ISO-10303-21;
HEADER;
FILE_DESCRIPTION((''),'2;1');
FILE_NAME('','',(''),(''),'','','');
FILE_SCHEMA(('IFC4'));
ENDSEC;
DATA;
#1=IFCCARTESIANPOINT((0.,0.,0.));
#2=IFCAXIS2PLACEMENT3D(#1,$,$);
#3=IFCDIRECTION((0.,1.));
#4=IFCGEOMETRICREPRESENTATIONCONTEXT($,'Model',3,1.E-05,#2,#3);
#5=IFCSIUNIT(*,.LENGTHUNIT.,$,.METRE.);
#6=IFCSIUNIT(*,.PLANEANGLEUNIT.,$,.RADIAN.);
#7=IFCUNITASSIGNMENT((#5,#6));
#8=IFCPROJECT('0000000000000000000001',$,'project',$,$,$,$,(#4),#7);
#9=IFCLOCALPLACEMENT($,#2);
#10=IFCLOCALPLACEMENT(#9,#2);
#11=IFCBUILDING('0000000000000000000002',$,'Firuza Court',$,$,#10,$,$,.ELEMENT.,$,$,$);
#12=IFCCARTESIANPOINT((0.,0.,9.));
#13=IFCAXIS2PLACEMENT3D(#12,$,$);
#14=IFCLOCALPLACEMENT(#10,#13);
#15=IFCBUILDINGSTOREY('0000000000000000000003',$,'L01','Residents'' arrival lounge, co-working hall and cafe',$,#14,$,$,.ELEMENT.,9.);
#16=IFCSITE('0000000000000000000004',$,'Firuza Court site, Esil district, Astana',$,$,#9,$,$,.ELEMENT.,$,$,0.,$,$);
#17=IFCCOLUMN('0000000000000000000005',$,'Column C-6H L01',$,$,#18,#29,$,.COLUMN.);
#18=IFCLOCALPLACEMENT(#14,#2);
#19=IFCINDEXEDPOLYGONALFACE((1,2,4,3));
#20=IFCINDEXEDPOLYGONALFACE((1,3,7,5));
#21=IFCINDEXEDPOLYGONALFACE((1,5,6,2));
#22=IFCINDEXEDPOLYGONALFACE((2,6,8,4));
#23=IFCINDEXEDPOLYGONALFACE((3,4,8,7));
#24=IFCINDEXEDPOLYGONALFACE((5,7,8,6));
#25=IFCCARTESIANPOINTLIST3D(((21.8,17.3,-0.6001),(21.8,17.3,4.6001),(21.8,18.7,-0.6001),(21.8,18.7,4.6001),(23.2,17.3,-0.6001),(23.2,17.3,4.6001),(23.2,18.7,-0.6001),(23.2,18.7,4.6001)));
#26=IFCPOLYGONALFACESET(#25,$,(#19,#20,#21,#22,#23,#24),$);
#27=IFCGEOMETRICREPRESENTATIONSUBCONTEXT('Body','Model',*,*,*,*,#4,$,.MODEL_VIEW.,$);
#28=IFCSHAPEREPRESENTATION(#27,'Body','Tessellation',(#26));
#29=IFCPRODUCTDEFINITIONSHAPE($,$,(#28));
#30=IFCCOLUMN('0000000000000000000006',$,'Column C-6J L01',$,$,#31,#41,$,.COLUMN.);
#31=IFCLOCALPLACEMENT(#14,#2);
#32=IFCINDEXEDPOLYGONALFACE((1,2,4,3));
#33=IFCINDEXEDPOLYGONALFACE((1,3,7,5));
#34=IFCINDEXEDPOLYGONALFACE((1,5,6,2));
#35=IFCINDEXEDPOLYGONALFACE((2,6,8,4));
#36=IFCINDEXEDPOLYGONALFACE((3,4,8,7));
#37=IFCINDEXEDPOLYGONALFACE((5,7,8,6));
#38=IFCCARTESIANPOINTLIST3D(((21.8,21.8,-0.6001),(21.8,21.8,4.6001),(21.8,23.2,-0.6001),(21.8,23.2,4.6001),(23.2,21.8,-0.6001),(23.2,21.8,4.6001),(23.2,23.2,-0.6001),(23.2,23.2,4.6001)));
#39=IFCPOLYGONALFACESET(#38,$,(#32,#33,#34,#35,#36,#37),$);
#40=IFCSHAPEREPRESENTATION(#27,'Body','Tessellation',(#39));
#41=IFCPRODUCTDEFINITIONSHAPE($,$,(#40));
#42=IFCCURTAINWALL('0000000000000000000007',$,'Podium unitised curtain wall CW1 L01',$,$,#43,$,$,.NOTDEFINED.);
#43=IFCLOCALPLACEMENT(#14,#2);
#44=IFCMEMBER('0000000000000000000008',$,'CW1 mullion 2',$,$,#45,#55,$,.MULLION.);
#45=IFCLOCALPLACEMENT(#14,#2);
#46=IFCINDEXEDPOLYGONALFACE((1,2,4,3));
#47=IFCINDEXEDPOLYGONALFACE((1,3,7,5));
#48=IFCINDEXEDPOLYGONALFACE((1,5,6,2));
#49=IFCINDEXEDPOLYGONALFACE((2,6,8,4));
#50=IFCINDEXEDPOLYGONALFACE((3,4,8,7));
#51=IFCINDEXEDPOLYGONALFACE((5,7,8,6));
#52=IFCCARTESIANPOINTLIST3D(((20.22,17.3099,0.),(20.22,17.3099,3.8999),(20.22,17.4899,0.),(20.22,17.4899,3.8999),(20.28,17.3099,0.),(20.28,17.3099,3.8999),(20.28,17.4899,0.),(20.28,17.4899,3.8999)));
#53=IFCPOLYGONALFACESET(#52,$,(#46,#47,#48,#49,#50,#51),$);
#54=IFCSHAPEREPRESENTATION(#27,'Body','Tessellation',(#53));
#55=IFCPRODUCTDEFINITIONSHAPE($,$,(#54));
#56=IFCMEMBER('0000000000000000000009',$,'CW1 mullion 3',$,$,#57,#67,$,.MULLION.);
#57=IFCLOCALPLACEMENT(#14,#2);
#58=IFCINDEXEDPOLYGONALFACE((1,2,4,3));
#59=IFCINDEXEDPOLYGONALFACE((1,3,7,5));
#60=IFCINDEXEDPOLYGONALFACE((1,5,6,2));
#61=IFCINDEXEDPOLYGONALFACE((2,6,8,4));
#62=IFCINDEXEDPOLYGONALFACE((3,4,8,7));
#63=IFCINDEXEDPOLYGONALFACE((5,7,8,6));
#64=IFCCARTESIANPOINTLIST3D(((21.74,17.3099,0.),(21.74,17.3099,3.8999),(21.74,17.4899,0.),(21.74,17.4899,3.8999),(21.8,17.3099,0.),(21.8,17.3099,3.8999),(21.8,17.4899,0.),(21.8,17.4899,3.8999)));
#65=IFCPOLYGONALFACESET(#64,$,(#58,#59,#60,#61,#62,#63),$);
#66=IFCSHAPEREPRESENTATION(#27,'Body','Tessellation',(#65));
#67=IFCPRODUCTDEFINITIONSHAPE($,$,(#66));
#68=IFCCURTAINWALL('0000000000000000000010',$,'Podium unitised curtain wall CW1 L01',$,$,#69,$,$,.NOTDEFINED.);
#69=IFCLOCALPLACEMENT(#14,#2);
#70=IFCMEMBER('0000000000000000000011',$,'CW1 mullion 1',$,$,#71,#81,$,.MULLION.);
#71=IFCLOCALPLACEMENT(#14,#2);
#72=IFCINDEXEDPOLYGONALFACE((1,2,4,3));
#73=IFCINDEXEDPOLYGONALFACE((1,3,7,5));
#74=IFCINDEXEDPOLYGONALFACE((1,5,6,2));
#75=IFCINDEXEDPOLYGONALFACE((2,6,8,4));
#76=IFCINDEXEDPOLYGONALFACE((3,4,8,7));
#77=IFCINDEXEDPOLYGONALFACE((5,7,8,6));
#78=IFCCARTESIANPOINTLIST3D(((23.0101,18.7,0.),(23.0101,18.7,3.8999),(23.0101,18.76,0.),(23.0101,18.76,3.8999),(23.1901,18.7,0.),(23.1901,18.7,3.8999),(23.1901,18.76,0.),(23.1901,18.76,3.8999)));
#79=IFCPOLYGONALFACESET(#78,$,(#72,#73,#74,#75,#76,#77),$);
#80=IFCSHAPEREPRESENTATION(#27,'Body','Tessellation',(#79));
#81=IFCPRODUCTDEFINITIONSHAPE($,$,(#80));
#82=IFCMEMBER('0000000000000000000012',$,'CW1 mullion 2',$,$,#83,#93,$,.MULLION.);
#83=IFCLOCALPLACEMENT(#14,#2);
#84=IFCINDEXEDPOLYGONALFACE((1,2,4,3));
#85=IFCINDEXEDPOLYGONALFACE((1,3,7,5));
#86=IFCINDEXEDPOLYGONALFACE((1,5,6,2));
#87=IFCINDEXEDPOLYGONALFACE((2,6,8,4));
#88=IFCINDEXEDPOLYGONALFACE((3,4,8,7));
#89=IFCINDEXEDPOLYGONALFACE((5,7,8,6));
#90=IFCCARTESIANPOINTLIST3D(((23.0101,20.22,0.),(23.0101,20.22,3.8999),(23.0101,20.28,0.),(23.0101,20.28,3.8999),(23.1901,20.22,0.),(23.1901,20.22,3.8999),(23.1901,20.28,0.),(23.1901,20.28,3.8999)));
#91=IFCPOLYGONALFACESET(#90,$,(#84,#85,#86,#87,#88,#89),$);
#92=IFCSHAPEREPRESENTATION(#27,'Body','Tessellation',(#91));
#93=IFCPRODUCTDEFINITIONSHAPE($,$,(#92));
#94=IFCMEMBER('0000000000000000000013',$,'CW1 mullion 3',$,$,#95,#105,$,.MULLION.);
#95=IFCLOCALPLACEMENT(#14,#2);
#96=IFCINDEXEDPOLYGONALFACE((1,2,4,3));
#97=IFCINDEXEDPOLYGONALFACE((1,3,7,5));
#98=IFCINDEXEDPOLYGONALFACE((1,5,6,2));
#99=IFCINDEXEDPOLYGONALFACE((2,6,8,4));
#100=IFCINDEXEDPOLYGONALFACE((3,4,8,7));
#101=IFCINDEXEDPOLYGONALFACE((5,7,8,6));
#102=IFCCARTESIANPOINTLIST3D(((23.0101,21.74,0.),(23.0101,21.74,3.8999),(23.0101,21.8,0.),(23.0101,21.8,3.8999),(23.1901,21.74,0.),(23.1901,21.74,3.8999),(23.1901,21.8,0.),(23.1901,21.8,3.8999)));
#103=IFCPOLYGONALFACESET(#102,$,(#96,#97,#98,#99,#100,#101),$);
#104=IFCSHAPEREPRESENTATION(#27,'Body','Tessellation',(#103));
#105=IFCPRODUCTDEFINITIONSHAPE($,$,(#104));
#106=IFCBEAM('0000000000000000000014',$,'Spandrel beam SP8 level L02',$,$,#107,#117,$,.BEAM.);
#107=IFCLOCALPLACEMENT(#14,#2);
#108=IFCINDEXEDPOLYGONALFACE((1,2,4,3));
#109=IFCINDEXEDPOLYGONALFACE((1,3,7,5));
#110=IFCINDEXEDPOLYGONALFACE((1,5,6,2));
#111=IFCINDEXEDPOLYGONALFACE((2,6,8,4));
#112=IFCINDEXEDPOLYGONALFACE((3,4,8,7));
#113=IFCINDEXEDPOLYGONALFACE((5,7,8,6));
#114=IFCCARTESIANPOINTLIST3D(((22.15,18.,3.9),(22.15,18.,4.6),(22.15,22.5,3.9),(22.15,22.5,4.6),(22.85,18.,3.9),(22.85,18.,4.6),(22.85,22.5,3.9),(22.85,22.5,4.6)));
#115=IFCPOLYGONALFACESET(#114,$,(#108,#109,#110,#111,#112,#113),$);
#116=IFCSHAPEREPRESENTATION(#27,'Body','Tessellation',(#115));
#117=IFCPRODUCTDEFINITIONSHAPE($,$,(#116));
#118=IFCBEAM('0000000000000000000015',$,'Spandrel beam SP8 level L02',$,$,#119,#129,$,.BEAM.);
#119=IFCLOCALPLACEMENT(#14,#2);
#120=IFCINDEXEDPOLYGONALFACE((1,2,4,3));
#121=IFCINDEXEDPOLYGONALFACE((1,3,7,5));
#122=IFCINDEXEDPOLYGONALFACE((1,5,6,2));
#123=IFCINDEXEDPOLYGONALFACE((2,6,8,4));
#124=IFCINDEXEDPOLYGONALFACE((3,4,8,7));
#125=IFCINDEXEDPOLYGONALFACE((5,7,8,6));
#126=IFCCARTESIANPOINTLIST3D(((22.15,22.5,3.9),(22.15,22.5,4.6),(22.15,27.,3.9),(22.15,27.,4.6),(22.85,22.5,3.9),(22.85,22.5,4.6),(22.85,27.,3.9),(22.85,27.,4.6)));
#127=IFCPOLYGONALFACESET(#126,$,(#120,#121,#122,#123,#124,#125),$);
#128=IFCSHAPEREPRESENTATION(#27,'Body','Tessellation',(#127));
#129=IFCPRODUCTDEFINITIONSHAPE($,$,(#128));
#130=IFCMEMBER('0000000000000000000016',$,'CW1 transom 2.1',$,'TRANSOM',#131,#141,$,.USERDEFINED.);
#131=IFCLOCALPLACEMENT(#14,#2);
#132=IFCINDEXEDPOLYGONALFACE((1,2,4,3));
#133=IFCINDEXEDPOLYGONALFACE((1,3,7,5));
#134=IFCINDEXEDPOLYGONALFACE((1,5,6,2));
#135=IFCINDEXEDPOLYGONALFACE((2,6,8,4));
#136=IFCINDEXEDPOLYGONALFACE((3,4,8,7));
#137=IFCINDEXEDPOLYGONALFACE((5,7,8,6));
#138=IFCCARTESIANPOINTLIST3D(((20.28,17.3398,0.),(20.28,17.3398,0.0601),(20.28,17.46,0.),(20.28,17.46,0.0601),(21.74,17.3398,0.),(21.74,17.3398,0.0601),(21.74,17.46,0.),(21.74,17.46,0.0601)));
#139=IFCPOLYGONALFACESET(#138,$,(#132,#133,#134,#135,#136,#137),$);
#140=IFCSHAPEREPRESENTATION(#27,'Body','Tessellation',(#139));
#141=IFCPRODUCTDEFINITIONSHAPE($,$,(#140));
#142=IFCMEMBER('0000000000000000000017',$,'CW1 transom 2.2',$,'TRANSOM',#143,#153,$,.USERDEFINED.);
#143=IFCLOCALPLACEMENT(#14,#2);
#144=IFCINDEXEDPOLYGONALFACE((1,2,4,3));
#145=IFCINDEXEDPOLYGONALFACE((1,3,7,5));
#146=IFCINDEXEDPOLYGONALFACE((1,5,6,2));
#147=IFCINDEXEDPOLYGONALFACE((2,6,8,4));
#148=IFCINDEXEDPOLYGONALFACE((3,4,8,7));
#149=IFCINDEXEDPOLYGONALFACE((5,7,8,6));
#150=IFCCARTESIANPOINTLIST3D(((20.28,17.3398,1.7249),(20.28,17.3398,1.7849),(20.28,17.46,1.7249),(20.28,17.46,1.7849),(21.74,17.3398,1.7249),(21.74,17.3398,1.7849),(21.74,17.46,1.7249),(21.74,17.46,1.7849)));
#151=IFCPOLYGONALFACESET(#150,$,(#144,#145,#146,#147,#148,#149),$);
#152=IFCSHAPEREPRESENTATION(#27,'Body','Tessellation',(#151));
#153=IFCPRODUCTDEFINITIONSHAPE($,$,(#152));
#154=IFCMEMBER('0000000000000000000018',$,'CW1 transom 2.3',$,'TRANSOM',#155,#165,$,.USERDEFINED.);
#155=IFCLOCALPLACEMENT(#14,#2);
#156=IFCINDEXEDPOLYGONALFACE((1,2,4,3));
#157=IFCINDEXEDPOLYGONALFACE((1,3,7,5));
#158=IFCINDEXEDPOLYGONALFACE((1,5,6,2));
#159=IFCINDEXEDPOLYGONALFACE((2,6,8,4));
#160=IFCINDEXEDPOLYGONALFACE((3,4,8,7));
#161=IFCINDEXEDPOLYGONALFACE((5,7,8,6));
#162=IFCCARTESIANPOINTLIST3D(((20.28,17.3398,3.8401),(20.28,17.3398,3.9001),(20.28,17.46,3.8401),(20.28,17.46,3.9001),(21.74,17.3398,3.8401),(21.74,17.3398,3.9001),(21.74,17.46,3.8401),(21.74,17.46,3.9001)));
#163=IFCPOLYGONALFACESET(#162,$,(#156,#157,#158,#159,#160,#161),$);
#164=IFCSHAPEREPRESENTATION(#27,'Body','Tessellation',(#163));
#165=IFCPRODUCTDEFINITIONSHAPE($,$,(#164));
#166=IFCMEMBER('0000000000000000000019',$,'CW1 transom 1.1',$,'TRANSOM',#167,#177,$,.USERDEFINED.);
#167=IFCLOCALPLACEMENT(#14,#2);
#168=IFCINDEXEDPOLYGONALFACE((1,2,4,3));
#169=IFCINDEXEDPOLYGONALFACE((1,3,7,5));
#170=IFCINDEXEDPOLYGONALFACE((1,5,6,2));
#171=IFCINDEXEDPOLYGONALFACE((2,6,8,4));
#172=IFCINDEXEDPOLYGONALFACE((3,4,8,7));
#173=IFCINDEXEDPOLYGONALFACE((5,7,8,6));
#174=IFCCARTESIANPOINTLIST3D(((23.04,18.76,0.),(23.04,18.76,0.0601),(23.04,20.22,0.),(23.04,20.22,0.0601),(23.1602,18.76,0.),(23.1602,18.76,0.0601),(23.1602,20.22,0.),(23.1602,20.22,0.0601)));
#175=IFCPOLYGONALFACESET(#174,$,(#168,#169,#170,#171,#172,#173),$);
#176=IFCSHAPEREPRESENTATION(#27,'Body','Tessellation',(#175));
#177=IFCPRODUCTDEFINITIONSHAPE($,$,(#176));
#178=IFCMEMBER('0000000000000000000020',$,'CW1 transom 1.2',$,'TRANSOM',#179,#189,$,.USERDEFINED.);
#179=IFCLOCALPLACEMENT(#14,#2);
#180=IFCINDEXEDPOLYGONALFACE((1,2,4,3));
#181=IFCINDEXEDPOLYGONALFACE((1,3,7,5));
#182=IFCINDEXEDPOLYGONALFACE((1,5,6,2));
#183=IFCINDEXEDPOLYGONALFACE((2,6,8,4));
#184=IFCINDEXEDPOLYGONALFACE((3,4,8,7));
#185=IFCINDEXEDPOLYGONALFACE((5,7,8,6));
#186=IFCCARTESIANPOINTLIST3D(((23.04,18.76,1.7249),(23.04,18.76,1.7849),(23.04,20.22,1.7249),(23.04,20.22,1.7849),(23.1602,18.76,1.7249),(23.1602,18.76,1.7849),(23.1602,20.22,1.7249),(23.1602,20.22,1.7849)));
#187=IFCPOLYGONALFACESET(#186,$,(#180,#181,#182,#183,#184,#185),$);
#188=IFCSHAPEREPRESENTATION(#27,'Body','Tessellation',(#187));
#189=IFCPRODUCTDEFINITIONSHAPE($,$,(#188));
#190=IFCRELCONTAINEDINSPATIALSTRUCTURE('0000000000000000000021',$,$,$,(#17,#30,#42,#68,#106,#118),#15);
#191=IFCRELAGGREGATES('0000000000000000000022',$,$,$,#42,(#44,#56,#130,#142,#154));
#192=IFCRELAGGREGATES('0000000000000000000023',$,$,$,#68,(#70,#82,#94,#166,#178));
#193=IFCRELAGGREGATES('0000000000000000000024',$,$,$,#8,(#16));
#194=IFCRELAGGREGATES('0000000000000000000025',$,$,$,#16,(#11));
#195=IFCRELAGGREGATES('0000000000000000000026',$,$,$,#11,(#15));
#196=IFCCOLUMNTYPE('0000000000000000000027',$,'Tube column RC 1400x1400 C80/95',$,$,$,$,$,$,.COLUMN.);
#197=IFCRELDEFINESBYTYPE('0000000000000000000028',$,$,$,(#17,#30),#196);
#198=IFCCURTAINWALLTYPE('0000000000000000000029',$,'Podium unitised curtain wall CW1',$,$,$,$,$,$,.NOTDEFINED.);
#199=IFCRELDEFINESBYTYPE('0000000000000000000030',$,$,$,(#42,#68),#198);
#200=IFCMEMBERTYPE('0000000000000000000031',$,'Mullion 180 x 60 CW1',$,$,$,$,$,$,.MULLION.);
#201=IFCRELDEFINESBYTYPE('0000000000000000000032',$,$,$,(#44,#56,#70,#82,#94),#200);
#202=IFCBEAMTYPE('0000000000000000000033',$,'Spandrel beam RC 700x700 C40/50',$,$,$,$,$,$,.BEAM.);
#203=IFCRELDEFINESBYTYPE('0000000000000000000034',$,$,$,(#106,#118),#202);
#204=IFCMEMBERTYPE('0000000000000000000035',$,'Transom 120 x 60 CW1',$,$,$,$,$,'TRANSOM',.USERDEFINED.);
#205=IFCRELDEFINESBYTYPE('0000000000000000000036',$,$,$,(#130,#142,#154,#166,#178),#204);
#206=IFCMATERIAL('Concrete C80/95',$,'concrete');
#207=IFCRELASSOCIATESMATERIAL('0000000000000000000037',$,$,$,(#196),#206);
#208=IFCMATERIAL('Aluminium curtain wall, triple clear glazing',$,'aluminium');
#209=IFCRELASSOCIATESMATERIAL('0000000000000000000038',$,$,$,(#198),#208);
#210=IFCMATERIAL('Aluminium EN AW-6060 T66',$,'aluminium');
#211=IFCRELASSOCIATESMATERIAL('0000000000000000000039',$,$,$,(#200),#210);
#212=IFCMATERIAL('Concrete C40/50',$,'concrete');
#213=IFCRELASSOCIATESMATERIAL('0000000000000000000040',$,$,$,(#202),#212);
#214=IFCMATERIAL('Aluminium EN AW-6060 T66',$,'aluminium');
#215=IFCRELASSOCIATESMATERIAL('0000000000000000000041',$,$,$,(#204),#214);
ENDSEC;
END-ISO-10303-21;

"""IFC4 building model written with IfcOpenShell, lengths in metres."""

from ifc_helpers import new_model, si_unit, direction, frame, origin, origin_2d, place, context, subcontext, project, spatial, rectangle, extrude, material, material_profile, profile_set, type_object, element, aggregate, save


model = new_model("IFC4")

# Units and contexts
model_context = context("Model", 3, precision=1e-05, world=origin(), true_north=direction((0.0, 1.0)))
body_context = subcontext(model_context, "Body", "Model", "MODEL_VIEW")
ifc_project = project(units=[si_unit("LENGTHUNIT", "METRE"), si_unit("PLANEANGLEUNIT", "RADIAN")], contexts=[model_context])

# Site, building, storey
site_placement = place(None, origin())
site = spatial("IfcSite", under=ifc_project, at=site_placement, Name="Firuza Court site, Esil district, Astana", CompositionType="ELEMENT", RefElevation=0.0)
building_placement = place(site_placement, origin())
building = spatial("IfcBuilding", under=site, at=building_placement, Name="Firuza Court", CompositionType="ELEMENT")
storey_placement = place(building_placement, frame((0.0, 0.0, 9.0)))
storey = spatial("IfcBuildingStorey", under=building, at=storey_placement, Name="L01", Description="Residents' arrival lounge, co-working hall and cafe", CompositionType="ELEMENT", Elevation=9.0)

# Columns
ifc_material_1 = material(Name="Concrete C80/95", Category="concrete")
ifc_material_profile_1 = material_profile(ifc_material_1, rectangle(XDim=1.3999, YDim=1.3999, at=origin_2d()), Name="RC 1400x1400")
ifc_profile_set_1 = profile_set([ifc_material_profile_1], Name="Concrete C80/95")
column_type = type_object("IfcColumnType", Name="Tube column RC 1400x1400 C80/95", PredefinedType="COLUMN", material=ifc_profile_set_1)
for number, where, z_axis, x_axis, name in (
    (1, (22.5, 18.0, -0.6001), (0.0, 0.0, 1.0), (1.0, 0.0, 0.0), "Column C-6H L01"),
    (2, (22.5, 22.5, -0.6001), (0.0, 0.0, 1.0), (1.0, 0.0, 0.0), "Column C-6J L01"),
):
    element("IfcColumn", number, at=place(storey_placement, frame(where, z_axis=z_axis, x_axis=x_axis)), inside=storey, type_object=column_type, Name=name, PredefinedType="COLUMN", context=body_context, shape_type="SweptSolid", body=[
        extrude(rectangle(XDim=1.3999, YDim=1.3999, at=origin_2d()), origin(), (0.0, 0.0, 1.0), 5.2002),
    ])

# Curtain walls, members
ifc_material_2 = material(Name="Aluminium curtain wall, triple clear glazing", Category="aluminium")
curtain_wall_type = type_object("IfcCurtainWallType", Name="Podium unitised curtain wall CW1", PredefinedType="NOTDEFINED", material=ifc_material_2)
curtain_wall_1_placement = place(storey_placement, origin())
curtain_wall_1 = element("IfcCurtainWall", 3, at=curtain_wall_1_placement, inside=storey, type_object=curtain_wall_type, Name="Podium unitised curtain wall CW1 L01", PredefinedType="NOTDEFINED")
ifc_material_3 = material(Name="Aluminium EN AW-6060 T66", Category="aluminium")
ifc_material_profile_2 = material_profile(ifc_material_3, rectangle(XDim=0.1799, YDim=0.0601, at=origin_2d()), Name="Mullion 180 x 60 CW1")
ifc_profile_set_2 = profile_set([ifc_material_profile_2], Name="Aluminium EN AW-6060 T66")
member_type_1 = type_object("IfcMemberType", Name="Mullion 180 x 60 CW1", PredefinedType="MULLION", material=ifc_profile_set_2)
member_1_placement = place(storey_placement, frame((20.25, 17.3999, 0.0), z_axis=(0.0, 0.0, 1.0), x_axis=(0.0, 1.0, 0.0)))
member_1 = element("IfcMember", 4, at=member_1_placement, type_object=member_type_1, Name="CW1 mullion 2", PredefinedType="MULLION", context=body_context, shape_type="SweptSolid", body=[
    extrude(rectangle(XDim=0.1799, YDim=0.0601, at=origin_2d()), origin(), (0.0, 0.0, 1.0), 3.8999),
])
member_2_placement = place(storey_placement, frame((21.77, 17.3999, 0.0), z_axis=(0.0, 0.0, 1.0), x_axis=(0.0, 1.0, 0.0)))
member_2 = element("IfcMember", 5, at=member_2_placement, type_object=member_type_1, Name="CW1 mullion 3", PredefinedType="MULLION", context=body_context, shape_type="SweptSolid", body=[
    extrude(rectangle(XDim=0.1799, YDim=0.0601, at=origin_2d()), origin(), (0.0, 0.0, 1.0), 3.8999),
])
curtain_wall_2_placement = place(storey_placement, origin())
curtain_wall_2 = element("IfcCurtainWall", 6, at=curtain_wall_2_placement, inside=storey, type_object=curtain_wall_type, Name="Podium unitised curtain wall CW1 L01", PredefinedType="NOTDEFINED")
member_3_placement = place(storey_placement, frame((23.1001, 18.73, 0.0), z_axis=(0.0, 0.0, 1.0), x_axis=(-1.0, 0.0, 0.0)))
member_3 = element("IfcMember", 7, at=member_3_placement, type_object=member_type_1, Name="CW1 mullion 1", PredefinedType="MULLION", context=body_context, shape_type="SweptSolid", body=[
    extrude(rectangle(XDim=0.1799, YDim=0.0601, at=origin_2d()), origin(), (0.0, 0.0, 1.0), 3.8999),
])
member_4_placement = place(storey_placement, frame((23.1001, 20.25, 0.0), z_axis=(0.0, 0.0, 1.0), x_axis=(-1.0, 0.0, 0.0)))
member_4 = element("IfcMember", 8, at=member_4_placement, type_object=member_type_1, Name="CW1 mullion 2", PredefinedType="MULLION", context=body_context, shape_type="SweptSolid", body=[
    extrude(rectangle(XDim=0.1799, YDim=0.0601, at=origin_2d()), origin(), (0.0, 0.0, 1.0), 3.8999),
])
member_5_placement = place(storey_placement, frame((23.1001, 21.77, 0.0), z_axis=(0.0, 0.0, 1.0), x_axis=(-1.0, 0.0, 0.0)))
member_5 = element("IfcMember", 9, at=member_5_placement, type_object=member_type_1, Name="CW1 mullion 3", PredefinedType="MULLION", context=body_context, shape_type="SweptSolid", body=[
    extrude(rectangle(XDim=0.1799, YDim=0.0601, at=origin_2d()), origin(), (0.0, 0.0, 1.0), 3.8999),
])

# Beams
ifc_material_4 = material(Name="Concrete C40/50", Category="concrete")
ifc_material_profile_3 = material_profile(ifc_material_4, rectangle(XDim=0.7, YDim=0.7, at=origin_2d()), Name="RC 700x700")
ifc_profile_set_3 = profile_set([ifc_material_profile_3], Name="Concrete C40/50")
beam_type = type_object("IfcBeamType", Name="Spandrel beam RC 700x700 C40/50", PredefinedType="BEAM", material=ifc_profile_set_3)
for number, where, z_axis, x_axis, name in (
    (10, (22.5, 18.0, 4.25), (0.0, 1.0, 0.0), (-1.0, 0.0, 0.0), "Spandrel beam SP8 level L02"),
    (11, (22.5, 22.5, 4.25), (0.0, 1.0, 0.0), (-1.0, 0.0, 0.0), "Spandrel beam SP8 level L02"),
):
    element("IfcBeam", number, at=place(storey_placement, frame(where, z_axis=z_axis, x_axis=x_axis)), inside=storey, type_object=beam_type, Name=name, PredefinedType="BEAM", context=body_context, shape_type="SweptSolid", body=[
        extrude(rectangle(XDim=0.7, YDim=0.7, at=origin_2d()), origin(), (0.0, 0.0, 1.0), 4.5),
    ])

# Members
ifc_material_5 = material(Name="Aluminium EN AW-6060 T66", Category="aluminium")
ifc_material_profile_4 = material_profile(ifc_material_5, rectangle(XDim=0.1201, YDim=0.0601, at=origin_2d()), Name="Transom 120 x 60 CW1")
ifc_profile_set_4 = profile_set([ifc_material_profile_4], Name="Aluminium EN AW-6060 T66")
member_type_2 = type_object("IfcMemberType", Name="Transom 120 x 60 CW1", ElementType="TRANSOM", PredefinedType="USERDEFINED", material=ifc_profile_set_4)
member_6_placement = place(storey_placement, frame((20.28, 17.3999, 0.03), z_axis=(1.0, 0.0, 0.0), x_axis=(0.0, 1.0, 0.0)))
member_6 = element("IfcMember", 12, at=member_6_placement, type_object=member_type_2, Name="CW1 transom 2.1", ObjectType="TRANSOM", PredefinedType="USERDEFINED", context=body_context, shape_type="SweptSolid", body=[
    extrude(rectangle(XDim=0.1201, YDim=0.0601, at=origin_2d()), origin(), (0.0, 0.0, 1.0), 1.46),
])
member_7_placement = place(storey_placement, frame((20.28, 17.3999, 1.7549), z_axis=(1.0, 0.0, 0.0), x_axis=(0.0, 1.0, 0.0)))
member_7 = element("IfcMember", 13, at=member_7_placement, type_object=member_type_2, Name="CW1 transom 2.2", ObjectType="TRANSOM", PredefinedType="USERDEFINED", context=body_context, shape_type="SweptSolid", body=[
    extrude(rectangle(XDim=0.1201, YDim=0.0601, at=origin_2d()), origin(), (0.0, 0.0, 1.0), 1.46),
])
member_8_placement = place(storey_placement, frame((20.28, 17.3999, 3.8701), z_axis=(1.0, 0.0, 0.0), x_axis=(0.0, 1.0, 0.0)))
member_8 = element("IfcMember", 14, at=member_8_placement, type_object=member_type_2, Name="CW1 transom 2.3", ObjectType="TRANSOM", PredefinedType="USERDEFINED", context=body_context, shape_type="SweptSolid", body=[
    extrude(rectangle(XDim=0.1201, YDim=0.0601, at=origin_2d()), origin(), (0.0, 0.0, 1.0), 1.46),
])
member_9_placement = place(storey_placement, frame((23.1001, 18.76, 0.03), z_axis=(0.0, 1.0, 0.0), x_axis=(-1.0, 0.0, 0.0)))
member_9 = element("IfcMember", 15, at=member_9_placement, type_object=member_type_2, Name="CW1 transom 1.1", ObjectType="TRANSOM", PredefinedType="USERDEFINED", context=body_context, shape_type="SweptSolid", body=[
    extrude(rectangle(XDim=0.1201, YDim=0.0601, at=origin_2d()), origin(), (0.0, 0.0, 1.0), 1.46),
])
member_10_placement = place(storey_placement, frame((23.1001, 18.76, 1.7549), z_axis=(0.0, 1.0, 0.0), x_axis=(-1.0, 0.0, 0.0)))
member_10 = element("IfcMember", 16, at=member_10_placement, type_object=member_type_2, Name="CW1 transom 1.2", ObjectType="TRANSOM", PredefinedType="USERDEFINED", context=body_context, shape_type="SweptSolid", body=[
    extrude(rectangle(XDim=0.1201, YDim=0.0601, at=origin_2d()), origin(), (0.0, 0.0, 1.0), 1.46),
])

aggregate(curtain_wall_1, [member_1, member_2, member_6, member_7, member_8])
aggregate(curtain_wall_2, [member_3, member_4, member_5, member_9, member_10])

save(model, "model.ifc")
